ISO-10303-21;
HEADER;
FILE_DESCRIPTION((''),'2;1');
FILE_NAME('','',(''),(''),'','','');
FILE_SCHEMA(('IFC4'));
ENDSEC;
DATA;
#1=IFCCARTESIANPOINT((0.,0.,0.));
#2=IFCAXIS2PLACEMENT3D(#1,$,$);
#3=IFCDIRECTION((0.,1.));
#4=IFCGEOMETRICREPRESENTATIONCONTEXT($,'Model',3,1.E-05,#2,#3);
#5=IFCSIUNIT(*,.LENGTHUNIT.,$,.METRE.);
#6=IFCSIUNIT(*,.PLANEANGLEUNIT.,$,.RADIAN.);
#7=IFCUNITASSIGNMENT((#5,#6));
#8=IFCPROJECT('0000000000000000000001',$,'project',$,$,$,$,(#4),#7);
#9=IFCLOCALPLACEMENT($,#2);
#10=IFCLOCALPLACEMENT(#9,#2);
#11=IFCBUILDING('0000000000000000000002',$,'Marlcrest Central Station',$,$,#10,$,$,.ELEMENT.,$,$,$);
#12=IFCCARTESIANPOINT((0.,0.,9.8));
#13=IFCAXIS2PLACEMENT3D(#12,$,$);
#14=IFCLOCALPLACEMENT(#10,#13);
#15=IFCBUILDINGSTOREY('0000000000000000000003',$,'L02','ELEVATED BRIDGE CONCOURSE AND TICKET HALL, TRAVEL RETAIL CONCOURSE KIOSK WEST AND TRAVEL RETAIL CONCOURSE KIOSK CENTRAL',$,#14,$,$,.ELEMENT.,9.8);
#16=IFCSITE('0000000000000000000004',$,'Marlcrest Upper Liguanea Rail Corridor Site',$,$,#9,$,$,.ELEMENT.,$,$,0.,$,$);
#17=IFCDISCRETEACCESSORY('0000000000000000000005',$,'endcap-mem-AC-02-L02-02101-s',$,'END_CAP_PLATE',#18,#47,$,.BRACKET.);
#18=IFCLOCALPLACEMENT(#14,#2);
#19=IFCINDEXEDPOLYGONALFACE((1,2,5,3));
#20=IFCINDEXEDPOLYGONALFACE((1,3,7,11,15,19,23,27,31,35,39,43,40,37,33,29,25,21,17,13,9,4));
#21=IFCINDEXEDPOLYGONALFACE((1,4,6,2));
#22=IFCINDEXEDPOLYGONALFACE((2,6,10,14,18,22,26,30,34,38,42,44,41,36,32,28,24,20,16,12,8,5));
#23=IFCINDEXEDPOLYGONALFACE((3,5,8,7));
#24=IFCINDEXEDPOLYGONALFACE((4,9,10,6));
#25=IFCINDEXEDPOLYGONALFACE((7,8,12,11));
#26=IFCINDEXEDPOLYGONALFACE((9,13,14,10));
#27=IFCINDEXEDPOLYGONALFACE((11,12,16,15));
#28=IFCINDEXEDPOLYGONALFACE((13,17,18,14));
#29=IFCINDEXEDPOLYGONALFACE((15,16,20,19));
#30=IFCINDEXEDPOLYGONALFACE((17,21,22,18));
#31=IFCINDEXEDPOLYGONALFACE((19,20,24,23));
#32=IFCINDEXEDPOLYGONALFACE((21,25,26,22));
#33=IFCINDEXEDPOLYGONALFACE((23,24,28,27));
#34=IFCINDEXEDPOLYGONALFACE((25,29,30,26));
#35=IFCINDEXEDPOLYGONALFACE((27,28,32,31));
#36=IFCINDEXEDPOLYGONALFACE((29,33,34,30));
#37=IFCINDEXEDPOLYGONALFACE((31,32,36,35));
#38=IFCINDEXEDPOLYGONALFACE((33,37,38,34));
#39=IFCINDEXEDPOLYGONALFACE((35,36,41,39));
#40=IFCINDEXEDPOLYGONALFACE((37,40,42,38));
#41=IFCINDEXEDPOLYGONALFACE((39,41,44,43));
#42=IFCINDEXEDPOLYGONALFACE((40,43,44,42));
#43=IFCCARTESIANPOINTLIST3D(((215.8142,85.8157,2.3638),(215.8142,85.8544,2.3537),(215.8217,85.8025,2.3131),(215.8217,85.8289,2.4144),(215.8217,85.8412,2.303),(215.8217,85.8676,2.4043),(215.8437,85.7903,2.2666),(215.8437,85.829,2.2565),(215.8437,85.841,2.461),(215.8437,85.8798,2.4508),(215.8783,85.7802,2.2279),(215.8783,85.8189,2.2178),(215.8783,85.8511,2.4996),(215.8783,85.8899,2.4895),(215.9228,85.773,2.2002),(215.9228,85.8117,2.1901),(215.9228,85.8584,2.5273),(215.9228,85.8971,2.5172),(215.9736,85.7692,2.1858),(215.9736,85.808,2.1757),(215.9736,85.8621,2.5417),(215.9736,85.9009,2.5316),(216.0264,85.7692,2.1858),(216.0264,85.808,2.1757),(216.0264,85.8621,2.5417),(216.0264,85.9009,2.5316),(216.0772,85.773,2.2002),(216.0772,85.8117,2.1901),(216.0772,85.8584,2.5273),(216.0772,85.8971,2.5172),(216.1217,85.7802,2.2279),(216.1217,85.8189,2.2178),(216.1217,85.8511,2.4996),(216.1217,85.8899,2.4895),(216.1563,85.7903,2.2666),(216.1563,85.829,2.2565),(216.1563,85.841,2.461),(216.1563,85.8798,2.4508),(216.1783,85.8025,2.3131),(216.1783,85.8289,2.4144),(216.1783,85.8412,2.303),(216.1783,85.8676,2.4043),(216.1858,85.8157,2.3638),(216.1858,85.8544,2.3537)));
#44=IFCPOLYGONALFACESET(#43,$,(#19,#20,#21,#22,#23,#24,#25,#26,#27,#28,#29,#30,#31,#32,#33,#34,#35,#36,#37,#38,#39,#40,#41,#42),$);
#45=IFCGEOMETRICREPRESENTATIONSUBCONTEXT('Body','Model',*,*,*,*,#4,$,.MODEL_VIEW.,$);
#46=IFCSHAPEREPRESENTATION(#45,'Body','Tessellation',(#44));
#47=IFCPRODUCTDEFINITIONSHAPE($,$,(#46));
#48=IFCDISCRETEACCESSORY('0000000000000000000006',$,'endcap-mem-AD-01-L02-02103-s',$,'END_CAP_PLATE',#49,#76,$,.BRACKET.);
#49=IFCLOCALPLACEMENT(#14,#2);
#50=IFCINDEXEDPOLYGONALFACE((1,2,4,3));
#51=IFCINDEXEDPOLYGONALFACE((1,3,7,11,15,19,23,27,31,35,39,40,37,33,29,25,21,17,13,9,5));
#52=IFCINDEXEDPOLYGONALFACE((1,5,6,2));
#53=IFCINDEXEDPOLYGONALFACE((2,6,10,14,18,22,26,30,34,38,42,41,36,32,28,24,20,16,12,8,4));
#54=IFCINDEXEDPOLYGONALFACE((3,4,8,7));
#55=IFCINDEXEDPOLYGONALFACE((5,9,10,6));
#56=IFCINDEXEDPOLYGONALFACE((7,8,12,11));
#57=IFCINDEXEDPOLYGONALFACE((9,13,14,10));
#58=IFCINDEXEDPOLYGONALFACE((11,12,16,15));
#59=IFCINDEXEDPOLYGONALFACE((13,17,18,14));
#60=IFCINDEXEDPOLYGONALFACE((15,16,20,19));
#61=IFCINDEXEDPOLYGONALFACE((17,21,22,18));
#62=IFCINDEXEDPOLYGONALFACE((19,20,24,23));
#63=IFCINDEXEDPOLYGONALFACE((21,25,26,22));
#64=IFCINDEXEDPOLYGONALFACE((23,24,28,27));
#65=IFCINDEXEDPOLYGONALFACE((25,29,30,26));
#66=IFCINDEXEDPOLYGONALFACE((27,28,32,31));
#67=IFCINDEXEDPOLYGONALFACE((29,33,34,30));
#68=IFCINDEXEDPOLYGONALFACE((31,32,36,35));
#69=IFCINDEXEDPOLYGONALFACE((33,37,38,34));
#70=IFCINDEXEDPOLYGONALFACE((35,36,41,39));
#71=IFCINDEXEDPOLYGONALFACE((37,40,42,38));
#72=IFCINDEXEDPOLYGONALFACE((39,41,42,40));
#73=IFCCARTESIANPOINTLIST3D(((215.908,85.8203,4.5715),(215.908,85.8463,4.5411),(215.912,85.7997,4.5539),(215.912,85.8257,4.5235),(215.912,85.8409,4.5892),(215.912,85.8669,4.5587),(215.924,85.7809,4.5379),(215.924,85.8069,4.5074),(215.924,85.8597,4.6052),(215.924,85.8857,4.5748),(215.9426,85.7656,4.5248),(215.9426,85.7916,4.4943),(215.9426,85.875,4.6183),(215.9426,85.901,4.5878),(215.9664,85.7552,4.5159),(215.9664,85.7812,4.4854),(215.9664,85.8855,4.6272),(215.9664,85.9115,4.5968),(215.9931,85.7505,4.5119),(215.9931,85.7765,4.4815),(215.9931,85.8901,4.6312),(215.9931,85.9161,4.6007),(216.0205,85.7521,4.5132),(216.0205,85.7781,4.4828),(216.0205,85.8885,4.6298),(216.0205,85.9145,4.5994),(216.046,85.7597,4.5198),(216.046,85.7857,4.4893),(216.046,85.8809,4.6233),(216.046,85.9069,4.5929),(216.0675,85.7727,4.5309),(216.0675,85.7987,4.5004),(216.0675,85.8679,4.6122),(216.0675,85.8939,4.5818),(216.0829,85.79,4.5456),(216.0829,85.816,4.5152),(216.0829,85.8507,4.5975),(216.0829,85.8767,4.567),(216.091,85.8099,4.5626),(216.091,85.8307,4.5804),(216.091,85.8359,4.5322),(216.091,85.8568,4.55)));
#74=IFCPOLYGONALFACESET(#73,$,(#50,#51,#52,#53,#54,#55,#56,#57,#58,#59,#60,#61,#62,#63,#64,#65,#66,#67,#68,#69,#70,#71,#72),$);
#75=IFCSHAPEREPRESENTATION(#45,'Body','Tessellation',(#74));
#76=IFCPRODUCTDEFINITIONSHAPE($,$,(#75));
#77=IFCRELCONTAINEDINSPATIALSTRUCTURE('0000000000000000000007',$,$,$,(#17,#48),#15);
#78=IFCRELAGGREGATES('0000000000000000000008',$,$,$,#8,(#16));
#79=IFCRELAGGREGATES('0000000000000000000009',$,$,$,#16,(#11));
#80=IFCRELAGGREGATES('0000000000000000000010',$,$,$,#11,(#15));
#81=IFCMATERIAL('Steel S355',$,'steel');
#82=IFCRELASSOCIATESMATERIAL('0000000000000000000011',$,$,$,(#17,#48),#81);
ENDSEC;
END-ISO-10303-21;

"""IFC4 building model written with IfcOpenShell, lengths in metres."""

from ifc_helpers import new_model, si_unit, direction, frame, origin, origin_2d, place, context, subcontext, project, spatial, circle, extrude, material, element, save


model = new_model("IFC4")

# Units and contexts
model_context = context("Model", 3, precision=1e-05, world=origin(), true_north=direction((0.0, 1.0)))
body_context = subcontext(model_context, "Body", "Model", "MODEL_VIEW")
ifc_project = project(units=[si_unit("LENGTHUNIT", "METRE"), si_unit("PLANEANGLEUNIT", "RADIAN")], contexts=[model_context])

# Site, building, storey
site_placement = place(None, origin())
site = spatial("IfcSite", under=ifc_project, at=site_placement, Name="Marlcrest Upper Liguanea Rail Corridor Site", CompositionType="ELEMENT", RefElevation=0.0)
building_placement = place(site_placement, origin())
building = spatial("IfcBuilding", under=site, at=building_placement, Name="Marlcrest Central Station", CompositionType="ELEMENT")
storey_placement = place(building_placement, frame((0.0, 0.0, 9.8)))
storey = spatial("IfcBuildingStorey", under=building, at=storey_placement, Name="L02", Description="ELEVATED BRIDGE CONCOURSE AND TICKET HALL, TRAVEL RETAIL CONCOURSE KIOSK WEST AND TRAVEL RETAIL CONCOURSE KIOSK CENTRAL", CompositionType="ELEMENT", Elevation=9.8)

# Shared definitions
ifc_material_1 = material(Name="Steel S355", Category="steel")

# Discrete accessories
discrete_accessory_1_placement = place(storey_placement, frame((216.0, 85.8157, 2.3638), z_axis=(0.0, 0.967563, -0.252629), x_axis=(-1.0, 0.0, 0.0)))
element("IfcDiscreteAccessory", 1, at=discrete_accessory_1_placement, inside=storey, material=ifc_material_1, Name="endcap-mem-AC-02-L02-02101-s", ObjectType="END_CAP_PLATE", PredefinedType="BRACKET", context=body_context, shape_type="SweptSolid", body=[
    extrude(circle(Radius=0.1858, at=origin_2d()), origin(), (0.0, 0.0, 1.0), 0.04),
])
discrete_accessory_2_placement = place(storey_placement, frame((216.0, 85.8203, 4.5715), z_axis=(0.0, 0.649625, -0.760255), x_axis=(-1.0, 0.0, 0.0)))
element("IfcDiscreteAccessory", 2, at=discrete_accessory_2_placement, inside=storey, material=ifc_material_1, Name="endcap-mem-AD-01-L02-02103-s", ObjectType="END_CAP_PLATE", PredefinedType="BRACKET", context=body_context, shape_type="SweptSolid", body=[
    extrude(circle(Radius=0.092, at=origin_2d()), origin(), (0.0, 0.0, 1.0), 0.04),
])

save(model, "model.ifc")
